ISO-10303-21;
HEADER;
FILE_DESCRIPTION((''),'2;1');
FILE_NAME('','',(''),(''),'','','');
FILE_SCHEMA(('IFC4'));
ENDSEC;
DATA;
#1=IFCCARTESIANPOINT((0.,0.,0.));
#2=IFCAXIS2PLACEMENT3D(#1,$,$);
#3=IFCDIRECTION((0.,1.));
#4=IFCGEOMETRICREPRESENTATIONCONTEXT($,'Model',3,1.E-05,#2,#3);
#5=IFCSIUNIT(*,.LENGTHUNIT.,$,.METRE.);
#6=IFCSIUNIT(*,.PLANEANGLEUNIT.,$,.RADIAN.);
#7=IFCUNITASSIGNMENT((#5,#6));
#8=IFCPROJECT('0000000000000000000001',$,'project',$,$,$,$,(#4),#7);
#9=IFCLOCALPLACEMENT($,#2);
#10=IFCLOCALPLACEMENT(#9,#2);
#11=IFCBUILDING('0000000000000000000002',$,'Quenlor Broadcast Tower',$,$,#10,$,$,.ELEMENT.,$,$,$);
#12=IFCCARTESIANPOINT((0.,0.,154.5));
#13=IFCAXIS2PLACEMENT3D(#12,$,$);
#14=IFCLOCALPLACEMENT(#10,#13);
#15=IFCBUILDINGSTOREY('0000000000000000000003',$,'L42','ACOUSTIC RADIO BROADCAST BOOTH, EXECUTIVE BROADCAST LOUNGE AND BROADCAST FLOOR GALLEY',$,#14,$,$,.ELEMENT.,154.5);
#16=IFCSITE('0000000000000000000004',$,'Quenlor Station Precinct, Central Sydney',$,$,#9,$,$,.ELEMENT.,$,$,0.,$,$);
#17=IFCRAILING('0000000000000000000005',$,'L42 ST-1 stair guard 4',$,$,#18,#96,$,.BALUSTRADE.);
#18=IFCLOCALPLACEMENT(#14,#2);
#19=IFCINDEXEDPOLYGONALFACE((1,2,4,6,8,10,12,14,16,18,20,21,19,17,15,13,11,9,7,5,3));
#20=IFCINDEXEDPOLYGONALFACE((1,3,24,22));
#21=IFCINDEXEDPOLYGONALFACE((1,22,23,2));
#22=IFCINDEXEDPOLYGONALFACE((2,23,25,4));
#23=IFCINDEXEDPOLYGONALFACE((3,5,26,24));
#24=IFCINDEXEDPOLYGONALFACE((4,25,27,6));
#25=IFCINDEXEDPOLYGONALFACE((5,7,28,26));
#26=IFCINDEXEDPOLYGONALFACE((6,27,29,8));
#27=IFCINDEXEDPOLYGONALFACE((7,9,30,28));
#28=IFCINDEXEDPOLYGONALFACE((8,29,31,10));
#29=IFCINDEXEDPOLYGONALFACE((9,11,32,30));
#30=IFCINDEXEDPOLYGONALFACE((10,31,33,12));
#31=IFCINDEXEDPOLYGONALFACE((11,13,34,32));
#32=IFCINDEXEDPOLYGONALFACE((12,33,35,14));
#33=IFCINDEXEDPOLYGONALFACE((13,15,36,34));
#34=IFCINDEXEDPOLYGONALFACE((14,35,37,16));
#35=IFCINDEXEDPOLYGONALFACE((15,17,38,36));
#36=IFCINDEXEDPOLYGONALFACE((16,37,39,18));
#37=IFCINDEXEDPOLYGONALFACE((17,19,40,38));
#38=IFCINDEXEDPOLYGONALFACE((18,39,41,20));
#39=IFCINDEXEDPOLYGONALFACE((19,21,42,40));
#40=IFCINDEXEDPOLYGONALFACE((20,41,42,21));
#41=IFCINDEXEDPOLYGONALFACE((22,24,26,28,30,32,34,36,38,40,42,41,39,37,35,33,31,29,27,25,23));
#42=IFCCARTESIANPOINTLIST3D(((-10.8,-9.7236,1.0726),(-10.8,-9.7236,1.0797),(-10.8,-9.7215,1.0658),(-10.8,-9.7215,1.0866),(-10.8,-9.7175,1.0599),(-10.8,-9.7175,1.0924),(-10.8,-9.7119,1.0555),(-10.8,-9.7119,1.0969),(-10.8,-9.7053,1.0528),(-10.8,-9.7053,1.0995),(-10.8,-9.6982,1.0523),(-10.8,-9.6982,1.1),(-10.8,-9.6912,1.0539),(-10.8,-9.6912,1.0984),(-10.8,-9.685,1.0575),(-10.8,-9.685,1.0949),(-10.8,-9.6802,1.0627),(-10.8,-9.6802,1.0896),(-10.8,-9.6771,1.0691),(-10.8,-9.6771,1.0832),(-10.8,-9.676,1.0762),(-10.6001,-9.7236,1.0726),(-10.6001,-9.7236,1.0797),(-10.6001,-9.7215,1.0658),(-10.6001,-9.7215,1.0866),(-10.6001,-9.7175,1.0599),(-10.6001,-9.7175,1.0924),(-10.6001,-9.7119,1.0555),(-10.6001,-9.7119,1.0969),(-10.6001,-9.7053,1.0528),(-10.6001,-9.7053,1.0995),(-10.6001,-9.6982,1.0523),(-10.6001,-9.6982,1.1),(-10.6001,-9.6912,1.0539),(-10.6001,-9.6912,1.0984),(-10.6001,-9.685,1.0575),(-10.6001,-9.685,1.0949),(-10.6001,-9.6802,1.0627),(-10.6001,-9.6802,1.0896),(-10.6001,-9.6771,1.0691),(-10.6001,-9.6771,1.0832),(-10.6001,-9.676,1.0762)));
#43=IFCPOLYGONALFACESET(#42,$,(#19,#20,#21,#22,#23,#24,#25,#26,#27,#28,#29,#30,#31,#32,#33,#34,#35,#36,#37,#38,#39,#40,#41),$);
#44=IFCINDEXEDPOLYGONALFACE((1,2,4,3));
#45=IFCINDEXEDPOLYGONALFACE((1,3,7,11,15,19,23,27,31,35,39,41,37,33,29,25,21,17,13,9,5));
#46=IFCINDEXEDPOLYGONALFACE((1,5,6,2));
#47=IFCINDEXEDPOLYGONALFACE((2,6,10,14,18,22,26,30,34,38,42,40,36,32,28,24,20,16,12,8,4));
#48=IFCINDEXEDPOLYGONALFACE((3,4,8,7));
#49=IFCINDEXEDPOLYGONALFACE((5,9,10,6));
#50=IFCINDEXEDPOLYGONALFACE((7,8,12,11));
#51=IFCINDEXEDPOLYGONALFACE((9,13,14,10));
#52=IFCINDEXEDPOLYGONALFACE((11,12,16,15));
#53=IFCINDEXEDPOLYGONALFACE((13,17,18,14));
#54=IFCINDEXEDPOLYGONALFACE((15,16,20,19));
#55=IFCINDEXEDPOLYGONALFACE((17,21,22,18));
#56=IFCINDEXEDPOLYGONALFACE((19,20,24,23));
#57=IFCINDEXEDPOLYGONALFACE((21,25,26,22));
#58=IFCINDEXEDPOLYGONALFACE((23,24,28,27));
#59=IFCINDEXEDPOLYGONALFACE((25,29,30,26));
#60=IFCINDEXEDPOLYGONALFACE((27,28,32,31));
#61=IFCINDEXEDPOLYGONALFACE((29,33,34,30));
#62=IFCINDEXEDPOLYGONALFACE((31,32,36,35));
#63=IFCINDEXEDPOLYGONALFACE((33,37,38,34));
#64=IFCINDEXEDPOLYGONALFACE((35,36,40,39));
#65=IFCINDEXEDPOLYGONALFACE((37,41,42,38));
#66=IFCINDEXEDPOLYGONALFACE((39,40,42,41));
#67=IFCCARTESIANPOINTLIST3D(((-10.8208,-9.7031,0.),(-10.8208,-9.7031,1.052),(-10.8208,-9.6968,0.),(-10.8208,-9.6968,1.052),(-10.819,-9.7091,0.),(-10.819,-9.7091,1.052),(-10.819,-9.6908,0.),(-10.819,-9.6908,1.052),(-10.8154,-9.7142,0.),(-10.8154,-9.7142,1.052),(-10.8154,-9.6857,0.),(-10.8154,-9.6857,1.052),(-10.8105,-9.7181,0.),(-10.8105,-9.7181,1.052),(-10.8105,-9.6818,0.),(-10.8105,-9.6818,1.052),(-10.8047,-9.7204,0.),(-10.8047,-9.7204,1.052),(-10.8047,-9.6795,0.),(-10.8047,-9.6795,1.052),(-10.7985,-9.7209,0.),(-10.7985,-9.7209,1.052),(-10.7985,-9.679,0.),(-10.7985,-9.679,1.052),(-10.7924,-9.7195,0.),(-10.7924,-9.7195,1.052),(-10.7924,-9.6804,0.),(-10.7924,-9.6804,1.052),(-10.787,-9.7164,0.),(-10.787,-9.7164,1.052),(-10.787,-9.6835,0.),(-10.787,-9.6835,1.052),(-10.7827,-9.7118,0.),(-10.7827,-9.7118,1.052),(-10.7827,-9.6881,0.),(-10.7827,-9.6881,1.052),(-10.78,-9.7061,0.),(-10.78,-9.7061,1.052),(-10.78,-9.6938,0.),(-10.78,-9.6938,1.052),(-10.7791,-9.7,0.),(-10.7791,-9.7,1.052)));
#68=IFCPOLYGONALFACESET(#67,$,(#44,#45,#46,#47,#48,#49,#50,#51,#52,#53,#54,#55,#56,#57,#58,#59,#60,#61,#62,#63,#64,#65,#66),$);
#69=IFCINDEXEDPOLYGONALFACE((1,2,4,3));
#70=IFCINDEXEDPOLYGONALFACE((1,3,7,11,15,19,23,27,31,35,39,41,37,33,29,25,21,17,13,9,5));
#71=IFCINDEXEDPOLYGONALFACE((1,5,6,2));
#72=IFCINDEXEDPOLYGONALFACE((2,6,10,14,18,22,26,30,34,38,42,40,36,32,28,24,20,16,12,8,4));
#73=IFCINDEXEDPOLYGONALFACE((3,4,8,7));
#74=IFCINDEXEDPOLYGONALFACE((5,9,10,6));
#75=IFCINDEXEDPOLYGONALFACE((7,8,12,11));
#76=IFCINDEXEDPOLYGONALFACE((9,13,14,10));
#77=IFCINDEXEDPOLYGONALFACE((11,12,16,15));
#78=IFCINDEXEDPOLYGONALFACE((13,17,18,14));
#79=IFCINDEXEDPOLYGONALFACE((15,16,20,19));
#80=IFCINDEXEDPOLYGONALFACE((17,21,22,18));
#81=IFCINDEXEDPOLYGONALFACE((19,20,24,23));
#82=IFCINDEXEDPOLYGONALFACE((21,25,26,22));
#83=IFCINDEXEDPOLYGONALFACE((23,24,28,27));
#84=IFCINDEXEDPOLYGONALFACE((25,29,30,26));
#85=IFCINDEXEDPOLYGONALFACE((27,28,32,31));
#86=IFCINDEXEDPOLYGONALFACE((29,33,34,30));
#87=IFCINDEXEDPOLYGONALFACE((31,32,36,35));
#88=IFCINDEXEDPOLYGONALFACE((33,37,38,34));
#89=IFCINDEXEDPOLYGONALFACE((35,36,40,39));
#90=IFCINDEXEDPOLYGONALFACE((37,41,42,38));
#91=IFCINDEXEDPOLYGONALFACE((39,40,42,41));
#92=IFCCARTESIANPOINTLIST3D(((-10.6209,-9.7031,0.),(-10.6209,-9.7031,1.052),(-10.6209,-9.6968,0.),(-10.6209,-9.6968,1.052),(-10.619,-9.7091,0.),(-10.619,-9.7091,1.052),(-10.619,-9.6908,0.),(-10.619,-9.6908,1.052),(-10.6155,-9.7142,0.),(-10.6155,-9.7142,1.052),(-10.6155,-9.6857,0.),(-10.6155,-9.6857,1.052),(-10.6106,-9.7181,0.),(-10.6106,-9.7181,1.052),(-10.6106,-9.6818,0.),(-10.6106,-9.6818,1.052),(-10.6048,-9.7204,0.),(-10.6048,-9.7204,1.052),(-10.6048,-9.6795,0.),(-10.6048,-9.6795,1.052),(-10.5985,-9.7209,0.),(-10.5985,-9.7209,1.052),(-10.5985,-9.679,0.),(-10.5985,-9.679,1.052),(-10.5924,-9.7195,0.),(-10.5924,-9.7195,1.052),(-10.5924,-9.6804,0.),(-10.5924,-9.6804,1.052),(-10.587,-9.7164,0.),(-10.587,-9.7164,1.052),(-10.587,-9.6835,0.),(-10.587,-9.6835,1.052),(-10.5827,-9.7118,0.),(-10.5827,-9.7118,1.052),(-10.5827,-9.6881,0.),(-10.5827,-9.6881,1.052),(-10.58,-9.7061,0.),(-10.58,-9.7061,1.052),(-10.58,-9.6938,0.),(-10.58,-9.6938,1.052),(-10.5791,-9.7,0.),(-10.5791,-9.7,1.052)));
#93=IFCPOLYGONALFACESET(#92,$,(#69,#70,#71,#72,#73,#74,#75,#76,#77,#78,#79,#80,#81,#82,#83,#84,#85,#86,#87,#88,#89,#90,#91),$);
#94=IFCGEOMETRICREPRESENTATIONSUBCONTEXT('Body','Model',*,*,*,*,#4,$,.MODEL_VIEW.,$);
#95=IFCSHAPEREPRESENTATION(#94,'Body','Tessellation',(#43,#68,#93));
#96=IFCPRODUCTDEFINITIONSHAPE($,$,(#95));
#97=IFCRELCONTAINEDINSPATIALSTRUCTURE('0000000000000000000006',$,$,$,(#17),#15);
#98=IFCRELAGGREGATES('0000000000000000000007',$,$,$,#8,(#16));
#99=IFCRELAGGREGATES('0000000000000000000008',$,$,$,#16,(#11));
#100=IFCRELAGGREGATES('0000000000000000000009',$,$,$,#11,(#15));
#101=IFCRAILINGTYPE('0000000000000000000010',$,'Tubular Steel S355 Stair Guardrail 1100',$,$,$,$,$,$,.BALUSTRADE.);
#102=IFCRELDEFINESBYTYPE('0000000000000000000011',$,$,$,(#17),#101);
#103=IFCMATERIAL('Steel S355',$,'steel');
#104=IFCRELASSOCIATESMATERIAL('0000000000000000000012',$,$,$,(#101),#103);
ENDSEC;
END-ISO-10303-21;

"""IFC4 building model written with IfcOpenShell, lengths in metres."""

from ifc_helpers import new_model, si_unit, direction, frame, origin, origin_2d, place, context, subcontext, project, spatial, circle, extrude, material, type_object, element, save


model = new_model("IFC4")

# Units and contexts
model_context = context("Model", 3, precision=1e-05, world=origin(), true_north=direction((0.0, 1.0)))
body_context = subcontext(model_context, "Body", "Model", "MODEL_VIEW")
ifc_project = project(units=[si_unit("LENGTHUNIT", "METRE"), si_unit("PLANEANGLEUNIT", "RADIAN")], contexts=[model_context])

# Site, building, storey
site_placement = place(None, origin())
site = spatial("IfcSite", under=ifc_project, at=site_placement, Name="Quenlor Station Precinct, Central Sydney", CompositionType="ELEMENT", RefElevation=0.0)
building_placement = place(site_placement, origin())
building = spatial("IfcBuilding", under=site, at=building_placement, Name="Quenlor Broadcast Tower", CompositionType="ELEMENT")
storey_placement = place(building_placement, frame((0.0, 0.0, 154.5)))
storey = spatial("IfcBuildingStorey", under=building, at=storey_placement, Name="L42", Description="ACOUSTIC RADIO BROADCAST BOOTH, EXECUTIVE BROADCAST LOUNGE AND BROADCAST FLOOR GALLEY", CompositionType="ELEMENT", Elevation=154.5)

# Railing
ifc_material_1 = material(Name="Steel S355", Category="steel")
railing_type_1 = type_object("IfcRailingType", Name="Tubular Steel S355 Stair Guardrail 1100", PredefinedType="BALUSTRADE", material=ifc_material_1)
railing_1_placement = place(storey_placement, frame((-10.8, -9.7, 0.0)))
element("IfcRailing", 1, at=railing_1_placement, inside=storey, type_object=railing_type_1, Name="L42 ST-1 stair guard 4", PredefinedType="BALUSTRADE", context=body_context, shape_type="SweptSolid", body=[
    extrude(circle(Radius=0.0239, at=origin_2d()), frame((0.0, 0.0, 1.0762), z_axis=(1.0, 0.0, 0.0), x_axis=(0.0, 1.0, 0.0)), (0.0, 0.0, 1.0), 0.2),
    extrude(circle(Radius=0.021, at=origin_2d()), origin(), (0.0, 0.0, 1.0), 1.052),
    extrude(circle(Radius=0.021, at=origin_2d()), frame((0.2, 0.0, 0.0)), (0.0, 0.0, 1.0), 1.052),
])

save(model, "model.ifc")
